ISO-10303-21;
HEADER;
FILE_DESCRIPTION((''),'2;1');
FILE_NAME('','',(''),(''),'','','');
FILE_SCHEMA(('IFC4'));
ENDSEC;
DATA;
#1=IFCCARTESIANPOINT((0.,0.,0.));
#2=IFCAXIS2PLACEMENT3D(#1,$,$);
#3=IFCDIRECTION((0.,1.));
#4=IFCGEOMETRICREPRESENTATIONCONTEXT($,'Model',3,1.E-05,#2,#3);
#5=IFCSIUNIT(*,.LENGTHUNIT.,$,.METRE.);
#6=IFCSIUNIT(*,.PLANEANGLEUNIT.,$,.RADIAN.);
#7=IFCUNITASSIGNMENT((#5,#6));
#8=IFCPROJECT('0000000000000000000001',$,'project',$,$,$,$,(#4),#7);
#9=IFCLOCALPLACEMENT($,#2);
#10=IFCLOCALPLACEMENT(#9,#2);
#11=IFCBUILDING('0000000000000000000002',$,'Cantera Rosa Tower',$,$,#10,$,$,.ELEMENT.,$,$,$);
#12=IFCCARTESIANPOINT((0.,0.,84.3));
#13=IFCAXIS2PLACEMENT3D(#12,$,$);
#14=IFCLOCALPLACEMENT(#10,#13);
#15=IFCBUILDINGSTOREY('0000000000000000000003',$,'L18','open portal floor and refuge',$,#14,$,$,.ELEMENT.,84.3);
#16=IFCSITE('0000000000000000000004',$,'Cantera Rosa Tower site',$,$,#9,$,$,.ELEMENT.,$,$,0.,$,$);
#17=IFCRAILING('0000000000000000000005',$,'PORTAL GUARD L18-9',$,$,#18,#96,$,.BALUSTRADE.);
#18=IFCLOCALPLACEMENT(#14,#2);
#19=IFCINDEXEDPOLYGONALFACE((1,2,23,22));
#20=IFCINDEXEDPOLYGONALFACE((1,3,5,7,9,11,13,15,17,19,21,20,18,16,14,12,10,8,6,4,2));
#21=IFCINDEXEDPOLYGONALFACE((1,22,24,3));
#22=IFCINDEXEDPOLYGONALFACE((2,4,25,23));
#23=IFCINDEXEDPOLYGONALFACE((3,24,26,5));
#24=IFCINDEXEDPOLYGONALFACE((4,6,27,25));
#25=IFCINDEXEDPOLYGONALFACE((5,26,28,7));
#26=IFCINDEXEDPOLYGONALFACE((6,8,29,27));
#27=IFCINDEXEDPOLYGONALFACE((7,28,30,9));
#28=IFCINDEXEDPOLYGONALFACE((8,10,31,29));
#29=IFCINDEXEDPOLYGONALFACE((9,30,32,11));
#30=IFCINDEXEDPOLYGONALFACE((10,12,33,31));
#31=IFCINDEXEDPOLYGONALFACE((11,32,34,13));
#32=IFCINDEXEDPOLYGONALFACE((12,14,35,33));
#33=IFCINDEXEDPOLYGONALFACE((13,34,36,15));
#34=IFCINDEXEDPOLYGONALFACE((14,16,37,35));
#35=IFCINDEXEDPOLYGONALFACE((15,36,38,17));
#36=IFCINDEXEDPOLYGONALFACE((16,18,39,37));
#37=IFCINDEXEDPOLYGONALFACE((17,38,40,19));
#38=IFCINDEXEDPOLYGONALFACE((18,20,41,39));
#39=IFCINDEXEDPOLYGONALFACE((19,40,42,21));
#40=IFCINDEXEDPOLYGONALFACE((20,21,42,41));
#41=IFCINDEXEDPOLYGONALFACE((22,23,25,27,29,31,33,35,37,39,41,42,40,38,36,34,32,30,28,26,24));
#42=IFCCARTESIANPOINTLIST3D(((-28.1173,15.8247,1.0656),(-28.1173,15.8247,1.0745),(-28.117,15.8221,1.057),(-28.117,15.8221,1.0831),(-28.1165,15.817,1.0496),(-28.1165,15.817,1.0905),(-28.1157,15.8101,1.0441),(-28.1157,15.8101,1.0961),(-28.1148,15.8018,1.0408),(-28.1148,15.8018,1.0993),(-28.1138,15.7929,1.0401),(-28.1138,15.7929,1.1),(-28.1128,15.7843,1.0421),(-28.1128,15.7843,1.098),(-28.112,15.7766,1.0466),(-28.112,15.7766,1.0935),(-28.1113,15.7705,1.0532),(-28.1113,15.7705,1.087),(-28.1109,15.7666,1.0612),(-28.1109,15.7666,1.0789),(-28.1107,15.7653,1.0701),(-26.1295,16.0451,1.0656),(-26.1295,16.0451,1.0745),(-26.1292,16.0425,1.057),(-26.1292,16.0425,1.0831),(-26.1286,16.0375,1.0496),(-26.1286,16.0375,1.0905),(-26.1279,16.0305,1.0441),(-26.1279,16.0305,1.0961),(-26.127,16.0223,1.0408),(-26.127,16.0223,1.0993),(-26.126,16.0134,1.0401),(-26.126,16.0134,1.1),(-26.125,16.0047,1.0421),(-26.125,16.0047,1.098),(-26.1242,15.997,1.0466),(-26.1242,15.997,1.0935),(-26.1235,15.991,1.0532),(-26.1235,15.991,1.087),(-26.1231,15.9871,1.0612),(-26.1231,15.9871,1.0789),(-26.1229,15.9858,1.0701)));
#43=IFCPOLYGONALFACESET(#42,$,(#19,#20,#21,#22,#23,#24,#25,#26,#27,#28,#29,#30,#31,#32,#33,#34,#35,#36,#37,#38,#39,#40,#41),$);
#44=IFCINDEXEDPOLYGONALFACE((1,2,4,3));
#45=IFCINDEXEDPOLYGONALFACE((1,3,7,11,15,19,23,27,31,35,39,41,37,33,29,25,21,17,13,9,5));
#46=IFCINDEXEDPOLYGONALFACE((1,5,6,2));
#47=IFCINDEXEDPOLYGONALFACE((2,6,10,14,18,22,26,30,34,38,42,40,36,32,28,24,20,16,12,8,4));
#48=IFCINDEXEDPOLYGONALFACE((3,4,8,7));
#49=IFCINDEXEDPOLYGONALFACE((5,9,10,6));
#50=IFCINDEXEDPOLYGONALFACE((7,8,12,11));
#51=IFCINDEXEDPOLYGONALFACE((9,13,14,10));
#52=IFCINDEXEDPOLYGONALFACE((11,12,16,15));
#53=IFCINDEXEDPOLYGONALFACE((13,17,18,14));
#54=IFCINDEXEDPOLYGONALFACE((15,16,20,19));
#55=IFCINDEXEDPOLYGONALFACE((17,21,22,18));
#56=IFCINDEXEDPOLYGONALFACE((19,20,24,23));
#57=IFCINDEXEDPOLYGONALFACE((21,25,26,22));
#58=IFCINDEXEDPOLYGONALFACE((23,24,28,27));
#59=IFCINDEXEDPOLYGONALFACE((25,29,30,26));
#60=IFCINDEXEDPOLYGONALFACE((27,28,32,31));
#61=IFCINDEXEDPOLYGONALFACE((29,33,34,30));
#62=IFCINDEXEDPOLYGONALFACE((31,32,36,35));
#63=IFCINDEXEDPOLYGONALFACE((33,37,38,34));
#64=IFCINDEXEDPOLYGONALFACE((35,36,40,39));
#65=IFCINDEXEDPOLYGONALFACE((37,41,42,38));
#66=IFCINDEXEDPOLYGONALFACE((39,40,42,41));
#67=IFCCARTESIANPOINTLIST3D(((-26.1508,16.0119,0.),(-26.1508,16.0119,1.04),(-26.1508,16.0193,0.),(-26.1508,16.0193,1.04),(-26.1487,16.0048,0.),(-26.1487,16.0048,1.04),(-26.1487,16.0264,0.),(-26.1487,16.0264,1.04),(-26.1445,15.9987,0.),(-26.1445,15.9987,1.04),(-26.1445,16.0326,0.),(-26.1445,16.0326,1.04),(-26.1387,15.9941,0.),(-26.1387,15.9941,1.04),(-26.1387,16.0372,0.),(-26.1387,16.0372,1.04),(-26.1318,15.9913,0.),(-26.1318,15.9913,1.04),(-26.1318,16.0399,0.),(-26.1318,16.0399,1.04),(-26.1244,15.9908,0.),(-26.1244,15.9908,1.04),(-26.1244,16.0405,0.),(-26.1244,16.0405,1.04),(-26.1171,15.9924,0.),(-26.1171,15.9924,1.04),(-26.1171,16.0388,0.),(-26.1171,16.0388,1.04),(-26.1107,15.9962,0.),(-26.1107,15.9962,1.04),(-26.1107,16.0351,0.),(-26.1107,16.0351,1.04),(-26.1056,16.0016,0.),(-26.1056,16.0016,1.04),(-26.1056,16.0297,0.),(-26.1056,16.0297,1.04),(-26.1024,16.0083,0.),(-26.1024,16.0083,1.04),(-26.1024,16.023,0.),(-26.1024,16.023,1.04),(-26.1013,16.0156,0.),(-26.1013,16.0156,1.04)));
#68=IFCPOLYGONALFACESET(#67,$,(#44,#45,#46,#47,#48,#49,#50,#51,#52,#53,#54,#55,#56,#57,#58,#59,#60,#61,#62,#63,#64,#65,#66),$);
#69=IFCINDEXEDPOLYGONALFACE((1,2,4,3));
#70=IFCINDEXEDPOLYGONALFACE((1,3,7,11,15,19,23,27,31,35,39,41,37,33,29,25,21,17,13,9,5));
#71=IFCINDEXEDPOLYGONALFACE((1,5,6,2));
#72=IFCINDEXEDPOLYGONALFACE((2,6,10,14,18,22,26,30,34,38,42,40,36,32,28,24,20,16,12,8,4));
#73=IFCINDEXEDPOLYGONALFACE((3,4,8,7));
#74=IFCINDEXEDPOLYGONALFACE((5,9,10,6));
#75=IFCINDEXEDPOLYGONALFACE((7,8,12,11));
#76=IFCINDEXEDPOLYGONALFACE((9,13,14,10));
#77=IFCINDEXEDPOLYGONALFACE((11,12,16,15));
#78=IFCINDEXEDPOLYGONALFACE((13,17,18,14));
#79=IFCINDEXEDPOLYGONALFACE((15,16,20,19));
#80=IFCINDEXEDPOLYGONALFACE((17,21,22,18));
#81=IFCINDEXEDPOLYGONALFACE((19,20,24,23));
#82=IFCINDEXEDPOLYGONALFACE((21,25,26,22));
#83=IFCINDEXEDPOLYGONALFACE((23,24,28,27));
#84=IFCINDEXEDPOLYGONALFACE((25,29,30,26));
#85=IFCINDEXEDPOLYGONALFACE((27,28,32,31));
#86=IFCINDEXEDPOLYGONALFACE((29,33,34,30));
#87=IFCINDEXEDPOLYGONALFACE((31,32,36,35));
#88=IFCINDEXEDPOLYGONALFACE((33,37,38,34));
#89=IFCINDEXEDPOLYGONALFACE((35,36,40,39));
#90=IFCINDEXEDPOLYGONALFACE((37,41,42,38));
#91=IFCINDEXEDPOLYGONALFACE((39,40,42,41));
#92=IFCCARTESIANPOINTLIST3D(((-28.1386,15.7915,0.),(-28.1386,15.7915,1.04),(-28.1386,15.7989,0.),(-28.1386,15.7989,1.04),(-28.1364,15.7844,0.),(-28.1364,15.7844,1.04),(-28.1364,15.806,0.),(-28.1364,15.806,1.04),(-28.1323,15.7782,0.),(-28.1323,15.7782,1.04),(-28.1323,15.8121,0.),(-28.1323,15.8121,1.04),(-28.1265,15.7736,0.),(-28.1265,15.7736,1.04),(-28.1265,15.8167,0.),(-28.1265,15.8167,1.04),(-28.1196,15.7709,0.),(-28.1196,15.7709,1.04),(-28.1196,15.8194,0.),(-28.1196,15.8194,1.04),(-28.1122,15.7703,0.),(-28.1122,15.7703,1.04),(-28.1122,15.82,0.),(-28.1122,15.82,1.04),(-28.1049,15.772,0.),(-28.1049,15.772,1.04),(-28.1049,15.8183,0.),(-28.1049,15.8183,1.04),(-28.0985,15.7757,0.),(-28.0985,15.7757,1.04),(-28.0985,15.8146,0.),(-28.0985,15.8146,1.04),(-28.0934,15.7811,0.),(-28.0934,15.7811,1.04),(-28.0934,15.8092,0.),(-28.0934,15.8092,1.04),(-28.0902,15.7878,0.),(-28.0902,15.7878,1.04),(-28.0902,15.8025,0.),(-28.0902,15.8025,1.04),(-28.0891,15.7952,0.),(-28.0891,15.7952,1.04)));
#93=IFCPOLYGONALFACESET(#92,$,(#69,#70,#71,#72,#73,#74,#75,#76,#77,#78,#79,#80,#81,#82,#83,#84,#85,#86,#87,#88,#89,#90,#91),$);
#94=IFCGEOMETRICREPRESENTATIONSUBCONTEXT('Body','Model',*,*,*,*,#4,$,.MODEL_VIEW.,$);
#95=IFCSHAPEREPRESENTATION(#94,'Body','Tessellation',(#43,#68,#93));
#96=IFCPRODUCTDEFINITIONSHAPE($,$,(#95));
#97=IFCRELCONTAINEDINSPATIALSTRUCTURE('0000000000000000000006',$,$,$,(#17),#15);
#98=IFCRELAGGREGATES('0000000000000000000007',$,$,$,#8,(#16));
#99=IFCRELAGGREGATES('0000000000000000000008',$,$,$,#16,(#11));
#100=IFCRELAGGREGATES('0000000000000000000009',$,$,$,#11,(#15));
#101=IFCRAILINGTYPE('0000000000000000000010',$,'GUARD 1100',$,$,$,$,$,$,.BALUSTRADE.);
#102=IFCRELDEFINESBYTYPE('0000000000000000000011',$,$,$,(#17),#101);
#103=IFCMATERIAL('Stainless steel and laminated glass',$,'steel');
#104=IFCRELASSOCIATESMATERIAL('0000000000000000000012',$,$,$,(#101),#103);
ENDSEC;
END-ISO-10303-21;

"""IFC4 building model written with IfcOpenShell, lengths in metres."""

from ifc_helpers import new_model, si_unit, direction, frame, origin, origin_2d, place, context, subcontext, project, spatial, circle, extrude, material, type_object, element, save


model = new_model("IFC4")

# Units and contexts
model_context = context("Model", 3, precision=1e-05, world=origin(), true_north=direction((0.0, 1.0)))
body_context = subcontext(model_context, "Body", "Model", "MODEL_VIEW")
ifc_project = project(units=[si_unit("LENGTHUNIT", "METRE"), si_unit("PLANEANGLEUNIT", "RADIAN")], contexts=[model_context])

# Site, building, storey
site_placement = place(None, origin())
site = spatial("IfcSite", under=ifc_project, at=site_placement, Name="Cantera Rosa Tower site", CompositionType="ELEMENT", RefElevation=0.0)
building_placement = place(site_placement, origin())
building = spatial("IfcBuilding", under=site, at=building_placement, Name="Cantera Rosa Tower", CompositionType="ELEMENT")
storey_placement = place(building_placement, frame((0.0, 0.0, 84.3)))
storey = spatial("IfcBuildingStorey", under=building, at=storey_placement, Name="L18", Description="open portal floor and refuge", CompositionType="ELEMENT", Elevation=84.3)

# Railing
ifc_material_1 = material(Name="Stainless steel and laminated glass", Category="steel")
railing_type_1 = type_object("IfcRailingType", Name="GUARD 1100", PredefinedType="BALUSTRADE", material=ifc_material_1)
railing_1_placement = place(storey_placement, frame((-26.1262, 16.0156, 0.0)))
element("IfcRailing", 1, at=railing_1_placement, inside=storey, type_object=railing_type_1, Name="PORTAL GUARD L18-9", PredefinedType="BALUSTRADE", context=body_context, shape_type="SweptSolid", body=[
    extrude(circle(Radius=0.03, at=origin_2d()), frame((0.0, 0.0, 1.0701), z_axis=(-0.993906, -0.110231, 0.0), x_axis=(0.110231, -0.993906, 0.0)), (0.0, 0.0, 1.0), 2.0),
    extrude(circle(Radius=0.0249, at=origin_2d()), origin(), (0.0, 0.0, 1.0), 1.04),
    extrude(circle(Radius=0.0249, at=origin_2d()), frame((-1.9878, -0.2205, 0.0)), (0.0, 0.0, 1.0), 1.04),
])

save(model, "model.ifc")
